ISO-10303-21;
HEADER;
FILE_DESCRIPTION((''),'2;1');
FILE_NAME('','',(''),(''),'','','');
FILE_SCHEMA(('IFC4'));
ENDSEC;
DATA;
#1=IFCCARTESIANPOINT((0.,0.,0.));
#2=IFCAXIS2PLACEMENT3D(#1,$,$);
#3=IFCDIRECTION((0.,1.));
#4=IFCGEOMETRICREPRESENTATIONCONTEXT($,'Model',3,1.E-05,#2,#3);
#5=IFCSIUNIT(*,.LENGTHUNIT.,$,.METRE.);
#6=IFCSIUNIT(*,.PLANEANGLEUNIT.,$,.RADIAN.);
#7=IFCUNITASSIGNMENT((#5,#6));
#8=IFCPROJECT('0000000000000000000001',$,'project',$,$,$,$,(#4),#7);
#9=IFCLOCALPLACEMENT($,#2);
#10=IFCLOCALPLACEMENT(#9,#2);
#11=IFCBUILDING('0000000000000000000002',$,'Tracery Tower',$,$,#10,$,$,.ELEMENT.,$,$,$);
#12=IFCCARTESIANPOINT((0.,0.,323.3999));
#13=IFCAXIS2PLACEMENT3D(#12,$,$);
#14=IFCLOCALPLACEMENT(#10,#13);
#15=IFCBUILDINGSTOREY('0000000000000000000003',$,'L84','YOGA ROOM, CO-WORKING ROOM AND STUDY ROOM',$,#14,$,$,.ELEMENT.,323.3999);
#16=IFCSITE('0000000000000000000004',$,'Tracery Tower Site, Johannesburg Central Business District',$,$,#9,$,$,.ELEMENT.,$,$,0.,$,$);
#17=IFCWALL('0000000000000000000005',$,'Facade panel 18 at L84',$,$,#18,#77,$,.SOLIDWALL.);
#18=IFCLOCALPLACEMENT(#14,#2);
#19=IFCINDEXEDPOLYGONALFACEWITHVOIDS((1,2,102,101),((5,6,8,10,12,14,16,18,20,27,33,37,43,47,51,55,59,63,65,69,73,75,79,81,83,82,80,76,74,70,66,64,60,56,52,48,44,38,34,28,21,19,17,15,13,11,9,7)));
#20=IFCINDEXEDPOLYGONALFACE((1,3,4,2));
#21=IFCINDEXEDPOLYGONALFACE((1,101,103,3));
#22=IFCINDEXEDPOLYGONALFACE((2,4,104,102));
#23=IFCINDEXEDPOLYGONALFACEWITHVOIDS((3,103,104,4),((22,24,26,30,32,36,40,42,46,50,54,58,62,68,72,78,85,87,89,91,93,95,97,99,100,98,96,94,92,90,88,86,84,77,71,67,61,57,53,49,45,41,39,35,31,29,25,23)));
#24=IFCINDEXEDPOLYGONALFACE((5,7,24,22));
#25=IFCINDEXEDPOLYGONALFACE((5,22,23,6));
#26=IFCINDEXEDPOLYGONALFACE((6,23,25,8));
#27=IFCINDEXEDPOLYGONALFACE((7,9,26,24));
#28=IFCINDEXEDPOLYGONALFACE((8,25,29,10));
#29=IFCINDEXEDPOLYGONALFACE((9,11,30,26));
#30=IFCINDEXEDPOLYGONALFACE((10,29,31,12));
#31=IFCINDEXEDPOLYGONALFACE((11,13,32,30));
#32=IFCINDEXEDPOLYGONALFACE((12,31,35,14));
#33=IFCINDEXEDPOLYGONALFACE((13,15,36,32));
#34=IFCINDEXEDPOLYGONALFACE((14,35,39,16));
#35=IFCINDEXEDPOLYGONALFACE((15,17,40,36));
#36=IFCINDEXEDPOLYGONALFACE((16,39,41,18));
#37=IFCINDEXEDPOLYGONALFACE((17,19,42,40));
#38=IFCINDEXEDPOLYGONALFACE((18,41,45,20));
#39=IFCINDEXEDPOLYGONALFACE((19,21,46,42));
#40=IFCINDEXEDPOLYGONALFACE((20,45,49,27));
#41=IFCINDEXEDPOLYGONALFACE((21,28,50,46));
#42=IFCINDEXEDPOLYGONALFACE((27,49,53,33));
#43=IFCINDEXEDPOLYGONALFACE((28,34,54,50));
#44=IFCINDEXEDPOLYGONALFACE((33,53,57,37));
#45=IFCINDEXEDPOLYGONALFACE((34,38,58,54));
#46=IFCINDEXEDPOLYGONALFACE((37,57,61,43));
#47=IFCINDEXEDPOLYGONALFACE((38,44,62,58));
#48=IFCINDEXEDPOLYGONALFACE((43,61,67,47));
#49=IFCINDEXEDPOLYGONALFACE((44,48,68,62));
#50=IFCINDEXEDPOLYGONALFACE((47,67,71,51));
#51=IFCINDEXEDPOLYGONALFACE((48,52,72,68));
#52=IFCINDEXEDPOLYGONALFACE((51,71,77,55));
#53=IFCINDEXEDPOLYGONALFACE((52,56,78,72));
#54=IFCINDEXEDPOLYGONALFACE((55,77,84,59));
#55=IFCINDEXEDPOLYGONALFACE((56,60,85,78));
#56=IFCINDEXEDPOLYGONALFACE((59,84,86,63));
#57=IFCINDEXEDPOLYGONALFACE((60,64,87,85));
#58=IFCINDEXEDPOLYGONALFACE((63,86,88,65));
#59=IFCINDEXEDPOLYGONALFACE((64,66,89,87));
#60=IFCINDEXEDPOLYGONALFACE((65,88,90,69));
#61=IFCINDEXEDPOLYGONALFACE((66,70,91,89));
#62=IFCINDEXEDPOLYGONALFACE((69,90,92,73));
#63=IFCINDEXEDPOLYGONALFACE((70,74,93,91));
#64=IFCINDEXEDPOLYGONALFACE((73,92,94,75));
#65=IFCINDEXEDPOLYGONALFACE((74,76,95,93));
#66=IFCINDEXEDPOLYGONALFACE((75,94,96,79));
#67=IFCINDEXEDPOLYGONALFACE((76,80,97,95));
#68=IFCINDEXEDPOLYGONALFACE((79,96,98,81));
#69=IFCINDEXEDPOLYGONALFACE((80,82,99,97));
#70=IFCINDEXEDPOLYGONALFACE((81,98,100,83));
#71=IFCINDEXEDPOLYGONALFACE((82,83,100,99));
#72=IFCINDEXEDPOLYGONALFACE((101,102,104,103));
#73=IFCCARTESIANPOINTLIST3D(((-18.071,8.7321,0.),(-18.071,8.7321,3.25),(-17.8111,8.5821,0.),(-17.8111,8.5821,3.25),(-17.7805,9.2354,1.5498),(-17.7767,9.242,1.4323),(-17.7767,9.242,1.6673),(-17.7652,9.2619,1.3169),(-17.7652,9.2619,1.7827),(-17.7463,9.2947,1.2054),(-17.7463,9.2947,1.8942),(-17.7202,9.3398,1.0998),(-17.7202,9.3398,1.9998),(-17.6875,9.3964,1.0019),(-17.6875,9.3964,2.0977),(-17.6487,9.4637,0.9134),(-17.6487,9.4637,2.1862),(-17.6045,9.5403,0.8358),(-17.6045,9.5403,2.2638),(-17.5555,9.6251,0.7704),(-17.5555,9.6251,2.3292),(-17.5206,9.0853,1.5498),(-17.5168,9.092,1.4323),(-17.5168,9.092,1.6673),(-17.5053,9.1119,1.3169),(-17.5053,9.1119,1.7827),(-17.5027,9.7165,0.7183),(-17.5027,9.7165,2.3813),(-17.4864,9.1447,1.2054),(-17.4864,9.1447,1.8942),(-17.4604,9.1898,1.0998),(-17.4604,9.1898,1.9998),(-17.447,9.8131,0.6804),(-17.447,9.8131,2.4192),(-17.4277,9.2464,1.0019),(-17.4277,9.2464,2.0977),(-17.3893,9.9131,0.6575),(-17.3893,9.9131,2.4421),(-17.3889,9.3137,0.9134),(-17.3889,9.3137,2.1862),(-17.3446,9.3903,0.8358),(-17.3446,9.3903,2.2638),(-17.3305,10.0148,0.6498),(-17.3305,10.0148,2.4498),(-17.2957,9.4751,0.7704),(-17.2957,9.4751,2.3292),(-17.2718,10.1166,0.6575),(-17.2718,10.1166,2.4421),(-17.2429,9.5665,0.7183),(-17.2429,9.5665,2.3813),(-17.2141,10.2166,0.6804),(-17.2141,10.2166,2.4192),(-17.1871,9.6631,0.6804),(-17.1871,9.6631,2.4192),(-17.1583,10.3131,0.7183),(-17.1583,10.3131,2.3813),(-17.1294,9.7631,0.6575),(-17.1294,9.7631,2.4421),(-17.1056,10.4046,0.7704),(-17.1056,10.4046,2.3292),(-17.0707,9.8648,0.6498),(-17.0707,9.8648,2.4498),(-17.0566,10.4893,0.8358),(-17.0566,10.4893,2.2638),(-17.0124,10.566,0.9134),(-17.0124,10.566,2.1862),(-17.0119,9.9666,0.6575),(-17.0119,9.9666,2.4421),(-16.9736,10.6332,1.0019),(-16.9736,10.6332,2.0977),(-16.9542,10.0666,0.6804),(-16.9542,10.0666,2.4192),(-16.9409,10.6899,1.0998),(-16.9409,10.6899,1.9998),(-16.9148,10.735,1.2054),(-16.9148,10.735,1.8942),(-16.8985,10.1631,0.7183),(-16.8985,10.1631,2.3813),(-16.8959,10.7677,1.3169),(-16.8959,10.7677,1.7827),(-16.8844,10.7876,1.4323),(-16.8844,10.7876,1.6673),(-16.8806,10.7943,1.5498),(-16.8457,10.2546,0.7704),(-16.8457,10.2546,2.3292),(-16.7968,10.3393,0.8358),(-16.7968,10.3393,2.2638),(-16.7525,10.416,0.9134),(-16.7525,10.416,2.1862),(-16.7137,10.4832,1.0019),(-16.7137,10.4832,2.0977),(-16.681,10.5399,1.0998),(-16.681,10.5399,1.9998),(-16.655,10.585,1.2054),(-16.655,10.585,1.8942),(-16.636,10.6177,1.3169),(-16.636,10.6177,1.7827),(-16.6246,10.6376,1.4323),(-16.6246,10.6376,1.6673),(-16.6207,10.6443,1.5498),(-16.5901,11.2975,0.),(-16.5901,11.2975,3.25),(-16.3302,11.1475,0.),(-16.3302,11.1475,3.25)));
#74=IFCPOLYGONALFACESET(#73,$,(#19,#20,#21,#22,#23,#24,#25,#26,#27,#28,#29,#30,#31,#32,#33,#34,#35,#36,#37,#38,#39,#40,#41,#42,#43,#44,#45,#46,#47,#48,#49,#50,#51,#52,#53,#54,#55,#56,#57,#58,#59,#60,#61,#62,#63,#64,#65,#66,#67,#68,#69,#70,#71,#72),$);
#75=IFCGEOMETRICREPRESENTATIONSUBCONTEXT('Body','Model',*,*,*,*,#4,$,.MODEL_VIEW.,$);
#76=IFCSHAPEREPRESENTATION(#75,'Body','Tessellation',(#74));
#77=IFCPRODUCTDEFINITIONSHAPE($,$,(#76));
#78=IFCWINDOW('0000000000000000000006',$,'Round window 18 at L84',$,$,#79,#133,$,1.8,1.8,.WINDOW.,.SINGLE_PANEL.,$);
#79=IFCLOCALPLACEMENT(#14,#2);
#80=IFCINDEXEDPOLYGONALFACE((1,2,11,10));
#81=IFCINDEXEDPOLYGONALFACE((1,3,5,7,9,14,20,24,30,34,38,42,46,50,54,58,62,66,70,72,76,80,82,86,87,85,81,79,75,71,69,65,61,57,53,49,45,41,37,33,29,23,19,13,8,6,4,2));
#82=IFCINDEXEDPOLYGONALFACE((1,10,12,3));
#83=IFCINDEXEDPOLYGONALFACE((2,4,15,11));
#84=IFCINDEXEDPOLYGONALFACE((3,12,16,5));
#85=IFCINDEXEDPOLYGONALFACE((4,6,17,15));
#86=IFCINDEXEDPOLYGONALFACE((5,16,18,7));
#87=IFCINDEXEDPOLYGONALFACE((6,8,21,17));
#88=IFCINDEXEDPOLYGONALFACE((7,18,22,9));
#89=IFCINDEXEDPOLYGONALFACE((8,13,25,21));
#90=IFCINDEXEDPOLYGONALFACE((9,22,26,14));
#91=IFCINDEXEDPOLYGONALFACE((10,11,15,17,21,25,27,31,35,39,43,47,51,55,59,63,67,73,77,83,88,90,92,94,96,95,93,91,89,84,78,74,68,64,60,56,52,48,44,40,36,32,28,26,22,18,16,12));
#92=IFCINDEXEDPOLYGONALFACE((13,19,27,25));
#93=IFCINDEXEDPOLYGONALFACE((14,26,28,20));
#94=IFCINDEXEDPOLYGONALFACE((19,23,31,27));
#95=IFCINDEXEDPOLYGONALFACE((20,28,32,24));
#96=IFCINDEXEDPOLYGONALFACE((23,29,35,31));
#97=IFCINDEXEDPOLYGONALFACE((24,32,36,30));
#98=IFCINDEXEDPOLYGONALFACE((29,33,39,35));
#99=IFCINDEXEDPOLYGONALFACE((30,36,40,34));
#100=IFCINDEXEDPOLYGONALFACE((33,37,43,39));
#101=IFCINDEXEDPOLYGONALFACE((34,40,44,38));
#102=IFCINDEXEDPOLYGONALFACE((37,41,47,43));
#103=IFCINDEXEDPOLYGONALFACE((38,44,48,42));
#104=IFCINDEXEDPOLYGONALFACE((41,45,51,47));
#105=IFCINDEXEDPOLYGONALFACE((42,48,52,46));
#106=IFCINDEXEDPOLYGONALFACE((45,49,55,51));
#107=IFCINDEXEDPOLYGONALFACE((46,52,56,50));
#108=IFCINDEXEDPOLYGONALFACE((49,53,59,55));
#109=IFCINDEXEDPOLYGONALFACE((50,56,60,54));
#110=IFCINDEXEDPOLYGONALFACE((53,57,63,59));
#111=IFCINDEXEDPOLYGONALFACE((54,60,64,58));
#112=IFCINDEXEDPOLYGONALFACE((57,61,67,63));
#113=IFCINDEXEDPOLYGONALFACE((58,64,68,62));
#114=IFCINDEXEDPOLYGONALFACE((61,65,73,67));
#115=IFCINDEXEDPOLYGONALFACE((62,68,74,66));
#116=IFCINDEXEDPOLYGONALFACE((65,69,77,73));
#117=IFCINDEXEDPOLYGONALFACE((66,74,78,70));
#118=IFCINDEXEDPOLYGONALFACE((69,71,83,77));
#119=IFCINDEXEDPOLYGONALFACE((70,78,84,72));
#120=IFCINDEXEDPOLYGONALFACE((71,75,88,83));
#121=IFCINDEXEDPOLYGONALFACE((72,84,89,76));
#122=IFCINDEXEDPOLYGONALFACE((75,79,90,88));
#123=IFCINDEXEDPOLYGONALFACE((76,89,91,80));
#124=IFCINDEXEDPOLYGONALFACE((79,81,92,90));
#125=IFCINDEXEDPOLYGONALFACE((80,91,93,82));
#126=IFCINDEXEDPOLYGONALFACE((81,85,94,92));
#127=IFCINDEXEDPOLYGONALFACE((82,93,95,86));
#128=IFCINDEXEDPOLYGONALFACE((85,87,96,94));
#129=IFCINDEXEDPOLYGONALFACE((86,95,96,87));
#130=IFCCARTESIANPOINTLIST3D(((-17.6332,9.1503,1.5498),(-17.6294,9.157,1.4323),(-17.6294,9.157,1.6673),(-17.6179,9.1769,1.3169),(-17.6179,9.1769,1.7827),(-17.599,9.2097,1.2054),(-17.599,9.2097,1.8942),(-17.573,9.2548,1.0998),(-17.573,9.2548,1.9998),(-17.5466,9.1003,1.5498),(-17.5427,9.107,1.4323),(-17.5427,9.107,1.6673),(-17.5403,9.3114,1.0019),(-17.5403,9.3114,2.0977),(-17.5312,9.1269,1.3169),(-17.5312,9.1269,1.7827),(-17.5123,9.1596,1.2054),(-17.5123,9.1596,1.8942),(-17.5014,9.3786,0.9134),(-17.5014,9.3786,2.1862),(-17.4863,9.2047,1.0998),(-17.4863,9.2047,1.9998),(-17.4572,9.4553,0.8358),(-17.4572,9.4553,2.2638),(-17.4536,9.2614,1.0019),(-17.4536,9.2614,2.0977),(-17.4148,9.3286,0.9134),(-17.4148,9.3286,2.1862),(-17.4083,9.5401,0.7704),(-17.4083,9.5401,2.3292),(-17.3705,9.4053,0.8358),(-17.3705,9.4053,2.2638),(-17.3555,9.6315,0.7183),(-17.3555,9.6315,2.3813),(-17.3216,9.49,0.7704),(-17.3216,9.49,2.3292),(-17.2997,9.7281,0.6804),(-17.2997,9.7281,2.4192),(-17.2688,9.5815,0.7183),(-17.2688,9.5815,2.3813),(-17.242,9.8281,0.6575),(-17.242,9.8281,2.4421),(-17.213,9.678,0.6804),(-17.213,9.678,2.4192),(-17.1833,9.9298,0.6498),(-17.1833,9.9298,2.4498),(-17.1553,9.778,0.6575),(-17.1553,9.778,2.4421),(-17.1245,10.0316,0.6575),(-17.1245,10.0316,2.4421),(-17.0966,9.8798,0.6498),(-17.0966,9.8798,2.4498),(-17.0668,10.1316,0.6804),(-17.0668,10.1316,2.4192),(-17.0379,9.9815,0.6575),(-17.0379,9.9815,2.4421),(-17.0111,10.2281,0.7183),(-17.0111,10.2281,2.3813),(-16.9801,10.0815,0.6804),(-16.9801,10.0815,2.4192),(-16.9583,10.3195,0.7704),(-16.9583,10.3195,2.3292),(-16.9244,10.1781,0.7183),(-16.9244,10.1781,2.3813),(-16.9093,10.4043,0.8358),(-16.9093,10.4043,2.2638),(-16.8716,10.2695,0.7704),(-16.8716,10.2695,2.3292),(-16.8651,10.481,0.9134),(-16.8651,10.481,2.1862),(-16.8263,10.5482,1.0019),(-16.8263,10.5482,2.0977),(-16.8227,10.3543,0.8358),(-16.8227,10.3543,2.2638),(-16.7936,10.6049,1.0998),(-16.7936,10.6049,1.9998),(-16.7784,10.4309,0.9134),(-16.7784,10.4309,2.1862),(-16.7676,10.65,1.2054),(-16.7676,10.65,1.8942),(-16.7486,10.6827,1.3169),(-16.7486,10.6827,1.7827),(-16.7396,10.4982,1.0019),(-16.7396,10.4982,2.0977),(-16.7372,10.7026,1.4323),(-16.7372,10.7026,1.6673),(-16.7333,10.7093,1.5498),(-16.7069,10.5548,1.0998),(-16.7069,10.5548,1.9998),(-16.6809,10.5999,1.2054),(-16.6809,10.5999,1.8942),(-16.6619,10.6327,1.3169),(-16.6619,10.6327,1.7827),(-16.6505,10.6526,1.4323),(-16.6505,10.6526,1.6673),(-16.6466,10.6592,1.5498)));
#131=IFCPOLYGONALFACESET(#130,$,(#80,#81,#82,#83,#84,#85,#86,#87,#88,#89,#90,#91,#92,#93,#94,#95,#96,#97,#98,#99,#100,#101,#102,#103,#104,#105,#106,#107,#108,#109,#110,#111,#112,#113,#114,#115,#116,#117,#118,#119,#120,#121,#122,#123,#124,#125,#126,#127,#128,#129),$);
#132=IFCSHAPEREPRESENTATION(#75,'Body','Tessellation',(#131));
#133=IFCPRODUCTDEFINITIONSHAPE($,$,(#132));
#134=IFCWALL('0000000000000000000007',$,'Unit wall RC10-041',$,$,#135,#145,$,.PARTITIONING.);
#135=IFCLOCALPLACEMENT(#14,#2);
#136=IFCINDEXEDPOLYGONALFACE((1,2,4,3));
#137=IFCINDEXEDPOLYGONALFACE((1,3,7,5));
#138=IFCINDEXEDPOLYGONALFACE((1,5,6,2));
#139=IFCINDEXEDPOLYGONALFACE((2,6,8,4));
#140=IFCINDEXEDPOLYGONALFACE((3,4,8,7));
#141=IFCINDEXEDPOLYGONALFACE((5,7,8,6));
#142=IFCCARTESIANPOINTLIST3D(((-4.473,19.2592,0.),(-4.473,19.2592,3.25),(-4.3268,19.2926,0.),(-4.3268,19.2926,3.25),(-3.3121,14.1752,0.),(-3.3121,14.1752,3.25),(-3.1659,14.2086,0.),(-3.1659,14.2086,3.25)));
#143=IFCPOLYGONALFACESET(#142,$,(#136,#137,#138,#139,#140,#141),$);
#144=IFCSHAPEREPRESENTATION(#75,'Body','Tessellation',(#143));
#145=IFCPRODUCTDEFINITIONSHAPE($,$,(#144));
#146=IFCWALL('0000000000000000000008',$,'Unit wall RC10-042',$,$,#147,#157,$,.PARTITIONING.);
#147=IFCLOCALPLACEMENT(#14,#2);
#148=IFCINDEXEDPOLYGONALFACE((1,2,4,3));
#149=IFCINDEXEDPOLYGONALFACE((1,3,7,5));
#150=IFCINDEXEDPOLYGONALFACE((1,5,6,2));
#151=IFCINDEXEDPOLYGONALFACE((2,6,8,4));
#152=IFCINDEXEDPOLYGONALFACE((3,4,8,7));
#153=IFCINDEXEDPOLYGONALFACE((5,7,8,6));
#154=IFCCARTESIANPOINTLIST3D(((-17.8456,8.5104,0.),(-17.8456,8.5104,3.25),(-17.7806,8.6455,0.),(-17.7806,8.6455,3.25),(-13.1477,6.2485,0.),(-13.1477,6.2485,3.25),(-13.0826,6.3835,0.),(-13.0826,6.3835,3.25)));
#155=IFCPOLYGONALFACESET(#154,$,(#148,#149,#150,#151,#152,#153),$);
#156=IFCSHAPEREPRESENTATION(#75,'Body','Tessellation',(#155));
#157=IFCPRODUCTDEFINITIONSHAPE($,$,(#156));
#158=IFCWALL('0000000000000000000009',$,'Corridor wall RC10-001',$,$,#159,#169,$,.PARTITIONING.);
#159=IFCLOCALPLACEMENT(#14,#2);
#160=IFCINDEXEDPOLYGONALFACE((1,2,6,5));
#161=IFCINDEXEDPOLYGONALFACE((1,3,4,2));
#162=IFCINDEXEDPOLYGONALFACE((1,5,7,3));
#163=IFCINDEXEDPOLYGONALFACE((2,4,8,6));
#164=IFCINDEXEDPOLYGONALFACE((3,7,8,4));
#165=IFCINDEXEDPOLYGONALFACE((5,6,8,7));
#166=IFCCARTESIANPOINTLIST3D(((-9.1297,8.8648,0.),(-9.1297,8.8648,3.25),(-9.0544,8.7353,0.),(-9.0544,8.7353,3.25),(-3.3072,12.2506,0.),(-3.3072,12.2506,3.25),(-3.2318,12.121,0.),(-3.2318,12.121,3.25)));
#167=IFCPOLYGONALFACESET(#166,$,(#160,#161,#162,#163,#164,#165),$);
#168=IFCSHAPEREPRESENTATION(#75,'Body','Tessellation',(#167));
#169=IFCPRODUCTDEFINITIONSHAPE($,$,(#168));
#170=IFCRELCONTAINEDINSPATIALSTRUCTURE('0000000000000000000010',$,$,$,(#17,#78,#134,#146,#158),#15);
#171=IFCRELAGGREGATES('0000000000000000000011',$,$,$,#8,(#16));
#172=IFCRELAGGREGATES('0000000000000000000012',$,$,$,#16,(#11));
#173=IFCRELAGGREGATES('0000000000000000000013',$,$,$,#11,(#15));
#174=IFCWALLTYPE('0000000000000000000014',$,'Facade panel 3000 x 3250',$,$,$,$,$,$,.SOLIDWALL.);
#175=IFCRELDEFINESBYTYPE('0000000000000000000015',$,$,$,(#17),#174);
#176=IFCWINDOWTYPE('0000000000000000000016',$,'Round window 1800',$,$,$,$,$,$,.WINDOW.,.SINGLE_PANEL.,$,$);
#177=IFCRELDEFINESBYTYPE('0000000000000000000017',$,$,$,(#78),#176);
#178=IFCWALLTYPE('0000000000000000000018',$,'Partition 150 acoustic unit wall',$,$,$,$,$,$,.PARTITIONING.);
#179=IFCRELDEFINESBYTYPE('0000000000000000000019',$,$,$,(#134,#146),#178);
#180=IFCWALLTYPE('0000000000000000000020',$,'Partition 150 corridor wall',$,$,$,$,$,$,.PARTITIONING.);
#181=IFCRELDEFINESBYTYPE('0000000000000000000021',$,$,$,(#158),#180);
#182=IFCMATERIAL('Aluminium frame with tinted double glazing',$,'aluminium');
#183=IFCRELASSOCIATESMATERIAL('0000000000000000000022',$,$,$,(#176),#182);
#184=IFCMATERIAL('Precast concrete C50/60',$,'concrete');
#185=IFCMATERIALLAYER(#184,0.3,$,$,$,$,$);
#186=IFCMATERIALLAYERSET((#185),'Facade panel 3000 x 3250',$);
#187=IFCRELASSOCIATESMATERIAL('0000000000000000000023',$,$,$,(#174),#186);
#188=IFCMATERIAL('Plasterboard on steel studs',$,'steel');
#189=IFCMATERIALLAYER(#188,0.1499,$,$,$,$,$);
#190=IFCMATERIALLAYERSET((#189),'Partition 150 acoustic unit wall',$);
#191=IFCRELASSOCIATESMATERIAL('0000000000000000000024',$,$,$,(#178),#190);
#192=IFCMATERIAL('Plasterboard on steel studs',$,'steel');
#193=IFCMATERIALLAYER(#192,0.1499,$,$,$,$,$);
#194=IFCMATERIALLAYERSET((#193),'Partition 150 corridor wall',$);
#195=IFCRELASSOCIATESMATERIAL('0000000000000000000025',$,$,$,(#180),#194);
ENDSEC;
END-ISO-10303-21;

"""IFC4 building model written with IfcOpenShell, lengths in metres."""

from ifc_helpers import new_model, si_unit, direction, frame, frame_2d, origin, origin_2d, place, context, subcontext, project, spatial, rectangle, circle, extrude, material, layer, layer_set, type_object, element, fill, save


model = new_model("IFC4")

# Units and contexts
model_context = context("Model", 3, precision=1e-05, world=origin(), true_north=direction((0.0, 1.0)))
body_context = subcontext(model_context, "Body", "Model", "MODEL_VIEW")
ifc_project = project(units=[si_unit("LENGTHUNIT", "METRE"), si_unit("PLANEANGLEUNIT", "RADIAN")], contexts=[model_context])

# Site, building, storey
site_placement = place(None, origin())
site = spatial("IfcSite", under=ifc_project, at=site_placement, Name="Tracery Tower Site, Johannesburg Central Business District", CompositionType="ELEMENT", RefElevation=0.0)
building_placement = place(site_placement, origin())
building = spatial("IfcBuilding", under=site, at=building_placement, Name="Tracery Tower", CompositionType="ELEMENT")
storey_placement = place(building_placement, frame((0.0, 0.0, 323.3999)))
storey = spatial("IfcBuildingStorey", under=building, at=storey_placement, Name="L84", Description="YOGA ROOM, CO-WORKING ROOM AND STUDY ROOM", CompositionType="ELEMENT", Elevation=323.3999)

# Wall, opening, window
ifc_material_1 = material(Name="Aluminium frame with tinted double glazing", Category="aluminium")
window_type = type_object("IfcWindowType", Name="Round window 1800", PartitioningType="SINGLE_PANEL", PredefinedType="WINDOW", material=ifc_material_1)
ifc_material_2 = material(Name="Precast concrete C50/60", Category="concrete")
ifc_layer_1 = layer(ifc_material_2, 0.3)
ifc_layer_set_1 = layer_set([ifc_layer_1], Name="Facade panel 3000 x 3250")
wall_type_1 = type_object("IfcWallType", Name="Facade panel 3000 x 3250", PredefinedType="SOLIDWALL", material=ifc_layer_set_1)
wall_1_placement = place(storey_placement, frame((-16.4602, 11.2224, 0.0), z_axis=(0.0, 0.0, 1.0), x_axis=(-0.499951, -0.866054, 0.0)))
wall_1 = element("IfcWall", 1, at=wall_1_placement, inside=storey, type_object=wall_type_1, Name="Facade panel 18 at L84", PredefinedType="SOLIDWALL", context=body_context, shape_type="SweptSolid", body=[
    extrude(rectangle(XDim=2.9622, YDim=0.3, at=frame_2d((1.481, 0.0))), origin(), (0.0, 0.0, 1.0), 3.25),
])
opening_1_placement = place(wall_1_placement, frame((1.481, 0.0, 1.5498)))
opening_1 = element("IfcOpeningElement", 2, at=opening_1_placement, cuts=wall_1, PredefinedType="OPENING", context=body_context, shape_type="SweptSolid", body=[
    extrude(circle(Radius=0.9, at=origin_2d()), frame((0.0, 0.1599, 0.0), z_axis=(0.0, -1.0, 0.0), x_axis=(1.0, 0.0, 0.0)), (0.0, 0.0, 1.0), 0.3201),
])
window_1_placement = place(opening_1_placement, origin())
window_1 = element("IfcWindow", 3, at=window_1_placement, inside=storey, type_object=window_type, Name="Round window 18 at L84", OverallHeight=1.8, OverallWidth=1.8, PartitioningType="SINGLE_PANEL", PredefinedType="WINDOW", context=body_context, shape_type="SweptSolid", body=[
    extrude(circle(Radius=0.9, at=origin_2d()), frame((0.0, 0.1201, 0.0), z_axis=(0.0, -1.0, 0.0), x_axis=(1.0, 0.0, 0.0)), (0.0, 0.0, 1.0), 0.1001),
])
fill(opening_1, window_1)

# Walls
ifc_material_3 = material(Name="Plasterboard on steel studs", Category="steel")
ifc_layer_2 = layer(ifc_material_3, 0.1499)
ifc_layer_set_2 = layer_set([ifc_layer_2], Name="Partition 150 acoustic unit wall")
wall_type_2 = type_object("IfcWallType", Name="Partition 150 acoustic unit wall", PredefinedType="PARTITIONING", material=ifc_layer_set_2)
wall_2_placement = place(storey_placement, frame((-4.3999, 19.2759, 0.0), z_axis=(0.0, 0.0, 1.0), x_axis=(0.222613, -0.974907, 0.0)))
element("IfcWall", 4, at=wall_2_placement, inside=storey, type_object=wall_type_2, Name="Unit wall RC10-041", PredefinedType="PARTITIONING", context=body_context, shape_type="SweptSolid", body=[
    extrude(rectangle(XDim=5.2148, YDim=0.1499, at=frame_2d((2.6074, 0.0))), origin(), (0.0, 0.0, 1.0), 3.25),
])
wall_3_placement = place(storey_placement, frame((-17.813, 8.5779, 0.0), z_axis=(0.0, 0.0, 1.0), x_axis=(0.901004, -0.43381, 0.0)))
element("IfcWall", 5, at=wall_3_placement, inside=storey, type_object=wall_type_2, Name="Unit wall RC10-042", PredefinedType="PARTITIONING", context=body_context, shape_type="SweptSolid", body=[
    extrude(rectangle(XDim=5.2141, YDim=0.1499, at=frame_2d((2.6069, 0.0))), origin(), (0.0, 0.0, 1.0), 3.25),
])
ifc_material_4 = material(Name="Plasterboard on steel studs", Category="steel")
ifc_layer_3 = layer(ifc_material_4, 0.1499)
ifc_layer_set_3 = layer_set([ifc_layer_3], Name="Partition 150 corridor wall")
wall_type_3 = type_object("IfcWallType", Name="Partition 150 corridor wall", PredefinedType="PARTITIONING", material=ifc_layer_set_3)
wall_4_placement = place(storey_placement, frame((-9.092, 8.8, 0.0), z_axis=(0.0, 0.0, 1.0), x_axis=(0.864471, 0.502683, 0.0)))
element("IfcWall", 6, at=wall_4_placement, inside=storey, type_object=wall_type_3, Name="Corridor wall RC10-001", PredefinedType="PARTITIONING", context=body_context, shape_type="SweptSolid", body=[
    extrude(rectangle(XDim=6.7354, YDim=0.1499, at=frame_2d((3.3677, 0.0))), origin(), (0.0, 0.0, 1.0), 3.25),
])

save(model, "model.ifc")
